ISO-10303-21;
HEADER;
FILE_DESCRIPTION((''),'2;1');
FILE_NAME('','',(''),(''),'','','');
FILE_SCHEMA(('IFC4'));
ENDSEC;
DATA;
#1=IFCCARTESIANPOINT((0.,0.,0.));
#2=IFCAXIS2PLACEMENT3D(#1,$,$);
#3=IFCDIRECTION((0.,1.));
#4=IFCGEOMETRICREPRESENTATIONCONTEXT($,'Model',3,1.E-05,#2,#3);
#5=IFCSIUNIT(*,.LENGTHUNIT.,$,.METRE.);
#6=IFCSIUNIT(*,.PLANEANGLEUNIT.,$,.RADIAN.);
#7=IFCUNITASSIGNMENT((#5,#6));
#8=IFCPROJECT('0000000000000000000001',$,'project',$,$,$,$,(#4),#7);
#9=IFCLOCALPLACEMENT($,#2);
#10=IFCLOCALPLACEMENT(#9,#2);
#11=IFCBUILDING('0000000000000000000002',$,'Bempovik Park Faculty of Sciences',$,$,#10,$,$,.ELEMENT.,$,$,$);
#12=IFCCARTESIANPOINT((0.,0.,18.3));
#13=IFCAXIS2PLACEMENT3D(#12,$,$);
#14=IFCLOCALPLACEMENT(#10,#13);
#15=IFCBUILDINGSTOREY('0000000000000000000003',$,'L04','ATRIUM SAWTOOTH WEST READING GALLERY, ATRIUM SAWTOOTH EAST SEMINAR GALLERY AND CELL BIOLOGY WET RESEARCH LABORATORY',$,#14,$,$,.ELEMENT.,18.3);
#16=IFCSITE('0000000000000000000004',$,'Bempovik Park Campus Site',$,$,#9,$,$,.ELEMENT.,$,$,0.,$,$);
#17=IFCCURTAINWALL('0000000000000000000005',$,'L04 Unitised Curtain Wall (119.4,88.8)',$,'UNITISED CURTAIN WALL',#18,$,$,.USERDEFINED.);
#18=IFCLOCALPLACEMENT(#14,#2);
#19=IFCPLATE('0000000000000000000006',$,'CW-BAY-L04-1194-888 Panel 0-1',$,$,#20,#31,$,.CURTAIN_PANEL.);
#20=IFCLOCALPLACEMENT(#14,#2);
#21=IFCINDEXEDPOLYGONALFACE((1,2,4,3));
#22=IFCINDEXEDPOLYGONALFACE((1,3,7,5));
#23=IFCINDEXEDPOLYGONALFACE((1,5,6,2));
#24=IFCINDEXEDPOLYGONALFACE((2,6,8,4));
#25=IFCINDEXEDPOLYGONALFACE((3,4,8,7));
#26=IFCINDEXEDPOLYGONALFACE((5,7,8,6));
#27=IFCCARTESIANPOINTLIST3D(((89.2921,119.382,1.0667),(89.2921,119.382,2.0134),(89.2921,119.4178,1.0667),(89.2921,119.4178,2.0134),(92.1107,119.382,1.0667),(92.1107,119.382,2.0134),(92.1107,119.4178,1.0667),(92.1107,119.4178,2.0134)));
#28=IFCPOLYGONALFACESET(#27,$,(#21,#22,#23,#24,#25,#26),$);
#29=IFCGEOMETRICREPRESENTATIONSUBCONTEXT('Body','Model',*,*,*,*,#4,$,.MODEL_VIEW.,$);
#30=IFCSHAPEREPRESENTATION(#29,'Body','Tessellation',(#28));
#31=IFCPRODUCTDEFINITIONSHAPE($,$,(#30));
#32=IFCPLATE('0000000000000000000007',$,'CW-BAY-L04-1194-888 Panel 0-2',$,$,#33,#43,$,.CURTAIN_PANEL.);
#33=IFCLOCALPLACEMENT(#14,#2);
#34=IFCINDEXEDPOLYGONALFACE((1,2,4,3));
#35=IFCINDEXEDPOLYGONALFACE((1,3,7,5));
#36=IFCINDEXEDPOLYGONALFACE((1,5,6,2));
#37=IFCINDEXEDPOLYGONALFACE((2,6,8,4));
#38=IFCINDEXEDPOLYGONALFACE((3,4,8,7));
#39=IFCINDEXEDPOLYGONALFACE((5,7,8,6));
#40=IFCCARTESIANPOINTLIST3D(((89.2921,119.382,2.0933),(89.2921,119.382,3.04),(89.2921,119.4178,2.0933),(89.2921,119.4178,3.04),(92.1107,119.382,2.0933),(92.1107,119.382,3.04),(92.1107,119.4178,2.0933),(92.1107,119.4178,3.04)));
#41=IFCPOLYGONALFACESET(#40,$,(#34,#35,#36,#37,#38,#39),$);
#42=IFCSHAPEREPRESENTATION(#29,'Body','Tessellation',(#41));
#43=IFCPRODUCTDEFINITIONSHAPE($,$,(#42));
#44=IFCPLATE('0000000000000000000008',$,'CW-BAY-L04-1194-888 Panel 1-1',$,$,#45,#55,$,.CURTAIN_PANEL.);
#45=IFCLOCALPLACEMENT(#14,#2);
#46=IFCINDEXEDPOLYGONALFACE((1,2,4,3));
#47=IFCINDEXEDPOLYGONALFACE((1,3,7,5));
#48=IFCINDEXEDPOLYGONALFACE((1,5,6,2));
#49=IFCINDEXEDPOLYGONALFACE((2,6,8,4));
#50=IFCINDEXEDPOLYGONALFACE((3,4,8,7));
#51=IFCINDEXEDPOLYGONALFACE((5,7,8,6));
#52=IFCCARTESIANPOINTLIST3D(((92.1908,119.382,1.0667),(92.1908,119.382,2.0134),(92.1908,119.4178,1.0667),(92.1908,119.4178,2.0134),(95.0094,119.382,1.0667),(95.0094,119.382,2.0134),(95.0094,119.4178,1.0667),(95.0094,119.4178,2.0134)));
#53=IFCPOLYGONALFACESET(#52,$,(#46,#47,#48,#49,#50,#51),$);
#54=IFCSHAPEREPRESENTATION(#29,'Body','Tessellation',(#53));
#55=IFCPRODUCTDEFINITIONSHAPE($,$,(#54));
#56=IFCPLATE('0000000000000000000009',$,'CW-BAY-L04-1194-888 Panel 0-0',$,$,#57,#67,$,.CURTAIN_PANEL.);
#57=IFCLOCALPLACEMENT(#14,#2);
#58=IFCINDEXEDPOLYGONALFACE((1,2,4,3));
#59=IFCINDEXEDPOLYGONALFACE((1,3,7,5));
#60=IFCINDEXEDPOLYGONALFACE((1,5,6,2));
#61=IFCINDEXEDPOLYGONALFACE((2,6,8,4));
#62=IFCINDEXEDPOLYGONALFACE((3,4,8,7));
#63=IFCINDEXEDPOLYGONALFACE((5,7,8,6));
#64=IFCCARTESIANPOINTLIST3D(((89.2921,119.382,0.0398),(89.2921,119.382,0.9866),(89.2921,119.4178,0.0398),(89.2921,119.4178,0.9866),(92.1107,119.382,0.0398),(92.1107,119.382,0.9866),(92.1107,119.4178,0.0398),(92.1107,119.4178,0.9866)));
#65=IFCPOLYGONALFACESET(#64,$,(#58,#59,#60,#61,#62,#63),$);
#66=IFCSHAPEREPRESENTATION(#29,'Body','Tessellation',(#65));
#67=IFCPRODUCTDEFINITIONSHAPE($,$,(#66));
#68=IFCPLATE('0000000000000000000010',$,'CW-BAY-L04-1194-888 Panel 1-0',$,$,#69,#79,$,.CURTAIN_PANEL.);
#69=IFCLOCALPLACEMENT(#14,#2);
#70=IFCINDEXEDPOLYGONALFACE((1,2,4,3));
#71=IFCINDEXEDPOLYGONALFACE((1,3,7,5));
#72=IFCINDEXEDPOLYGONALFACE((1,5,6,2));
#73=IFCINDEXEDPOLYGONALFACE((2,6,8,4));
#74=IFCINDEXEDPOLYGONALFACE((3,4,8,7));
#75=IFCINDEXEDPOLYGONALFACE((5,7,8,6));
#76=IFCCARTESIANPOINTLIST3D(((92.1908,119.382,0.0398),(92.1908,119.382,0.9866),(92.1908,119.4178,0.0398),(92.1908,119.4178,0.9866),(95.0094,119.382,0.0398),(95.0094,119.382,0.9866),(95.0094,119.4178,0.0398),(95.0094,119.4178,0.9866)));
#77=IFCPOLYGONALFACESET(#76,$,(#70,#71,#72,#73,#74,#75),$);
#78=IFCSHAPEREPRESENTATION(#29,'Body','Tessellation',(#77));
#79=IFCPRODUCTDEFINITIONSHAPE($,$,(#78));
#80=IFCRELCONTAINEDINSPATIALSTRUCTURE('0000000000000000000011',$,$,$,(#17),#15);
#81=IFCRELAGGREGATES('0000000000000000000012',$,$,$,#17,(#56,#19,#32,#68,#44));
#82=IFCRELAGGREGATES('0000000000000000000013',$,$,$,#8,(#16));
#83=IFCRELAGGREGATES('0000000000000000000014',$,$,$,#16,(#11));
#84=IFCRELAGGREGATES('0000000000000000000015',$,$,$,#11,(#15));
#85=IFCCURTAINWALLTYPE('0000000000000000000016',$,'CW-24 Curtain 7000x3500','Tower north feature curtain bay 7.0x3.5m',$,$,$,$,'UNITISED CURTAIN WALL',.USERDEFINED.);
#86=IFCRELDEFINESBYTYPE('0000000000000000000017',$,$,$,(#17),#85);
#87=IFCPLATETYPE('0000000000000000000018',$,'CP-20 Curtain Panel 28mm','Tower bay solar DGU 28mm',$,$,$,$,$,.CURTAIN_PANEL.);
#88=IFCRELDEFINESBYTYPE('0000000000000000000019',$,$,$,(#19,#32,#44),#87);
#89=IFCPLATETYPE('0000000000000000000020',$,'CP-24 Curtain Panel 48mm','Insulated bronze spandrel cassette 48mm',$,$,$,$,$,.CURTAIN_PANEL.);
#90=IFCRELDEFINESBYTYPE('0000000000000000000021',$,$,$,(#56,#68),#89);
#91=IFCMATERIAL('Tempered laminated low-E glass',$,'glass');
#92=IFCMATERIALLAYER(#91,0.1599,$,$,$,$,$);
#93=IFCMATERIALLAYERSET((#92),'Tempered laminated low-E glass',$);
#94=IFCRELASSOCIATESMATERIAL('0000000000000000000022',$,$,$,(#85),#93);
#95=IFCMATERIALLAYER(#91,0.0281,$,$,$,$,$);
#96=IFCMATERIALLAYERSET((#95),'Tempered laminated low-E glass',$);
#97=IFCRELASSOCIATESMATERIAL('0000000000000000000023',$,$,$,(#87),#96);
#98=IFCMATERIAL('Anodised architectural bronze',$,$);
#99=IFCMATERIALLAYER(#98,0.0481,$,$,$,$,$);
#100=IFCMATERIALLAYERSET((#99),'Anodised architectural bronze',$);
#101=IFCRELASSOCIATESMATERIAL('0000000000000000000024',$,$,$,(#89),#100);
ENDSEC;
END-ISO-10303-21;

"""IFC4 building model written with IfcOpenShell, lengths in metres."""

from ifc_helpers import new_model, si_unit, direction, frame, origin, origin_2d, place, context, subcontext, project, spatial, rectangle, extrude, material, layer, layer_set, type_object, element, aggregate, save


model = new_model("IFC4")

# Units and contexts
model_context = context("Model", 3, precision=1e-05, world=origin(), true_north=direction((0.0, 1.0)))
body_context = subcontext(model_context, "Body", "Model", "MODEL_VIEW")
ifc_project = project(units=[si_unit("LENGTHUNIT", "METRE"), si_unit("PLANEANGLEUNIT", "RADIAN")], contexts=[model_context])

# Site, building, storey
site_placement = place(None, origin())
site = spatial("IfcSite", under=ifc_project, at=site_placement, Name="Bempovik Park Campus Site", CompositionType="ELEMENT", RefElevation=0.0)
building_placement = place(site_placement, origin())
building = spatial("IfcBuilding", under=site, at=building_placement, Name="Bempovik Park Faculty of Sciences", CompositionType="ELEMENT")
storey_placement = place(building_placement, frame((0.0, 0.0, 18.3)))
storey = spatial("IfcBuildingStorey", under=building, at=storey_placement, Name="L04", Description="ATRIUM SAWTOOTH WEST READING GALLERY, ATRIUM SAWTOOTH EAST SEMINAR GALLERY AND CELL BIOLOGY WET RESEARCH LABORATORY", CompositionType="ELEMENT", Elevation=18.3)

# Shared definitions
ifc_material_1 = material(Name="Tempered laminated low-E glass", Category="glass")
ifc_layer_1 = layer(ifc_material_1, 0.1599)
ifc_layer_set_1 = layer_set([ifc_layer_1], Name="Tempered laminated low-E glass")
curtain_wall_type = type_object("IfcCurtainWallType", Name="CW-24 Curtain 7000x3500", Description="Tower north feature curtain bay 7.0x3.5m", ElementType="UNITISED CURTAIN WALL", PredefinedType="USERDEFINED", material=ifc_layer_set_1)

# Curtain wall
curtain_wall_1_placement = place(storey_placement, origin())
curtain_wall_1 = element("IfcCurtainWall", 1, at=curtain_wall_1_placement, inside=storey, type_object=curtain_wall_type, Name="L04 Unitised Curtain Wall (119.4,88.8)", ObjectType="UNITISED CURTAIN WALL", PredefinedType="USERDEFINED")

# Plates
ifc_layer_2 = layer(ifc_material_1, 0.0281)
ifc_layer_set_2 = layer_set([ifc_layer_2], Name="Tempered laminated low-E glass")
plate_type_1 = type_object("IfcPlateType", Name="CP-20 Curtain Panel 28mm", Description="Tower bay solar DGU 28mm", PredefinedType="CURTAIN_PANEL", material=ifc_layer_set_2)
plate_1_placement = place(storey_placement, frame((90.7014, 119.3999, 1.0667), z_axis=(0.0, 0.0, 1.0), x_axis=(1.0, 0.0, 0.0)))
plate_1 = element("IfcPlate", 2, at=plate_1_placement, type_object=plate_type_1, Name="CW-BAY-L04-1194-888 Panel 0-1", PredefinedType="CURTAIN_PANEL", context=body_context, shape_type="SweptSolid", body=[
    extrude(rectangle(XDim=2.8186, YDim=0.0359, at=origin_2d()), origin(), (0.0, 0.0, 1.0), 0.9468),
])
plate_2_placement = place(storey_placement, frame((90.7014, 119.3999, 2.0933), z_axis=(0.0, 0.0, 1.0), x_axis=(1.0, 0.0, 0.0)))
plate_2 = element("IfcPlate", 3, at=plate_2_placement, type_object=plate_type_1, Name="CW-BAY-L04-1194-888 Panel 0-2", PredefinedType="CURTAIN_PANEL", context=body_context, shape_type="SweptSolid", body=[
    extrude(rectangle(XDim=2.8186, YDim=0.0359, at=origin_2d()), origin(), (0.0, 0.0, 1.0), 0.9468),
])
plate_3_placement = place(storey_placement, frame((93.6001, 119.3999, 1.0667), z_axis=(0.0, 0.0, 1.0), x_axis=(1.0, 0.0, 0.0)))
plate_3 = element("IfcPlate", 4, at=plate_3_placement, type_object=plate_type_1, Name="CW-BAY-L04-1194-888 Panel 1-1", PredefinedType="CURTAIN_PANEL", context=body_context, shape_type="SweptSolid", body=[
    extrude(rectangle(XDim=2.8186, YDim=0.0359, at=origin_2d()), origin(), (0.0, 0.0, 1.0), 0.9468),
])
ifc_material_2 = material(Name="Anodised architectural bronze")
ifc_layer_3 = layer(ifc_material_2, 0.0481)
ifc_layer_set_3 = layer_set([ifc_layer_3], Name="Anodised architectural bronze")
plate_type_2 = type_object("IfcPlateType", Name="CP-24 Curtain Panel 48mm", Description="Insulated bronze spandrel cassette 48mm", PredefinedType="CURTAIN_PANEL", material=ifc_layer_set_3)
plate_4_placement = place(storey_placement, frame((90.7014, 119.3999, 0.0398), z_axis=(0.0, 0.0, 1.0), x_axis=(1.0, 0.0, 0.0)))
plate_4 = element("IfcPlate", 5, at=plate_4_placement, type_object=plate_type_2, Name="CW-BAY-L04-1194-888 Panel 0-0", PredefinedType="CURTAIN_PANEL", context=body_context, shape_type="SweptSolid", body=[
    extrude(rectangle(XDim=2.8186, YDim=0.0359, at=origin_2d()), origin(), (0.0, 0.0, 1.0), 0.9468),
])
plate_5_placement = place(storey_placement, frame((93.6001, 119.3999, 0.0398), z_axis=(0.0, 0.0, 1.0), x_axis=(1.0, 0.0, 0.0)))
plate_5 = element("IfcPlate", 6, at=plate_5_placement, type_object=plate_type_2, Name="CW-BAY-L04-1194-888 Panel 1-0", PredefinedType="CURTAIN_PANEL", context=body_context, shape_type="SweptSolid", body=[
    extrude(rectangle(XDim=2.8186, YDim=0.0359, at=origin_2d()), origin(), (0.0, 0.0, 1.0), 0.9468),
])
aggregate(curtain_wall_1, [plate_4, plate_1, plate_2, plate_5, plate_3])

save(model, "model.ifc")
